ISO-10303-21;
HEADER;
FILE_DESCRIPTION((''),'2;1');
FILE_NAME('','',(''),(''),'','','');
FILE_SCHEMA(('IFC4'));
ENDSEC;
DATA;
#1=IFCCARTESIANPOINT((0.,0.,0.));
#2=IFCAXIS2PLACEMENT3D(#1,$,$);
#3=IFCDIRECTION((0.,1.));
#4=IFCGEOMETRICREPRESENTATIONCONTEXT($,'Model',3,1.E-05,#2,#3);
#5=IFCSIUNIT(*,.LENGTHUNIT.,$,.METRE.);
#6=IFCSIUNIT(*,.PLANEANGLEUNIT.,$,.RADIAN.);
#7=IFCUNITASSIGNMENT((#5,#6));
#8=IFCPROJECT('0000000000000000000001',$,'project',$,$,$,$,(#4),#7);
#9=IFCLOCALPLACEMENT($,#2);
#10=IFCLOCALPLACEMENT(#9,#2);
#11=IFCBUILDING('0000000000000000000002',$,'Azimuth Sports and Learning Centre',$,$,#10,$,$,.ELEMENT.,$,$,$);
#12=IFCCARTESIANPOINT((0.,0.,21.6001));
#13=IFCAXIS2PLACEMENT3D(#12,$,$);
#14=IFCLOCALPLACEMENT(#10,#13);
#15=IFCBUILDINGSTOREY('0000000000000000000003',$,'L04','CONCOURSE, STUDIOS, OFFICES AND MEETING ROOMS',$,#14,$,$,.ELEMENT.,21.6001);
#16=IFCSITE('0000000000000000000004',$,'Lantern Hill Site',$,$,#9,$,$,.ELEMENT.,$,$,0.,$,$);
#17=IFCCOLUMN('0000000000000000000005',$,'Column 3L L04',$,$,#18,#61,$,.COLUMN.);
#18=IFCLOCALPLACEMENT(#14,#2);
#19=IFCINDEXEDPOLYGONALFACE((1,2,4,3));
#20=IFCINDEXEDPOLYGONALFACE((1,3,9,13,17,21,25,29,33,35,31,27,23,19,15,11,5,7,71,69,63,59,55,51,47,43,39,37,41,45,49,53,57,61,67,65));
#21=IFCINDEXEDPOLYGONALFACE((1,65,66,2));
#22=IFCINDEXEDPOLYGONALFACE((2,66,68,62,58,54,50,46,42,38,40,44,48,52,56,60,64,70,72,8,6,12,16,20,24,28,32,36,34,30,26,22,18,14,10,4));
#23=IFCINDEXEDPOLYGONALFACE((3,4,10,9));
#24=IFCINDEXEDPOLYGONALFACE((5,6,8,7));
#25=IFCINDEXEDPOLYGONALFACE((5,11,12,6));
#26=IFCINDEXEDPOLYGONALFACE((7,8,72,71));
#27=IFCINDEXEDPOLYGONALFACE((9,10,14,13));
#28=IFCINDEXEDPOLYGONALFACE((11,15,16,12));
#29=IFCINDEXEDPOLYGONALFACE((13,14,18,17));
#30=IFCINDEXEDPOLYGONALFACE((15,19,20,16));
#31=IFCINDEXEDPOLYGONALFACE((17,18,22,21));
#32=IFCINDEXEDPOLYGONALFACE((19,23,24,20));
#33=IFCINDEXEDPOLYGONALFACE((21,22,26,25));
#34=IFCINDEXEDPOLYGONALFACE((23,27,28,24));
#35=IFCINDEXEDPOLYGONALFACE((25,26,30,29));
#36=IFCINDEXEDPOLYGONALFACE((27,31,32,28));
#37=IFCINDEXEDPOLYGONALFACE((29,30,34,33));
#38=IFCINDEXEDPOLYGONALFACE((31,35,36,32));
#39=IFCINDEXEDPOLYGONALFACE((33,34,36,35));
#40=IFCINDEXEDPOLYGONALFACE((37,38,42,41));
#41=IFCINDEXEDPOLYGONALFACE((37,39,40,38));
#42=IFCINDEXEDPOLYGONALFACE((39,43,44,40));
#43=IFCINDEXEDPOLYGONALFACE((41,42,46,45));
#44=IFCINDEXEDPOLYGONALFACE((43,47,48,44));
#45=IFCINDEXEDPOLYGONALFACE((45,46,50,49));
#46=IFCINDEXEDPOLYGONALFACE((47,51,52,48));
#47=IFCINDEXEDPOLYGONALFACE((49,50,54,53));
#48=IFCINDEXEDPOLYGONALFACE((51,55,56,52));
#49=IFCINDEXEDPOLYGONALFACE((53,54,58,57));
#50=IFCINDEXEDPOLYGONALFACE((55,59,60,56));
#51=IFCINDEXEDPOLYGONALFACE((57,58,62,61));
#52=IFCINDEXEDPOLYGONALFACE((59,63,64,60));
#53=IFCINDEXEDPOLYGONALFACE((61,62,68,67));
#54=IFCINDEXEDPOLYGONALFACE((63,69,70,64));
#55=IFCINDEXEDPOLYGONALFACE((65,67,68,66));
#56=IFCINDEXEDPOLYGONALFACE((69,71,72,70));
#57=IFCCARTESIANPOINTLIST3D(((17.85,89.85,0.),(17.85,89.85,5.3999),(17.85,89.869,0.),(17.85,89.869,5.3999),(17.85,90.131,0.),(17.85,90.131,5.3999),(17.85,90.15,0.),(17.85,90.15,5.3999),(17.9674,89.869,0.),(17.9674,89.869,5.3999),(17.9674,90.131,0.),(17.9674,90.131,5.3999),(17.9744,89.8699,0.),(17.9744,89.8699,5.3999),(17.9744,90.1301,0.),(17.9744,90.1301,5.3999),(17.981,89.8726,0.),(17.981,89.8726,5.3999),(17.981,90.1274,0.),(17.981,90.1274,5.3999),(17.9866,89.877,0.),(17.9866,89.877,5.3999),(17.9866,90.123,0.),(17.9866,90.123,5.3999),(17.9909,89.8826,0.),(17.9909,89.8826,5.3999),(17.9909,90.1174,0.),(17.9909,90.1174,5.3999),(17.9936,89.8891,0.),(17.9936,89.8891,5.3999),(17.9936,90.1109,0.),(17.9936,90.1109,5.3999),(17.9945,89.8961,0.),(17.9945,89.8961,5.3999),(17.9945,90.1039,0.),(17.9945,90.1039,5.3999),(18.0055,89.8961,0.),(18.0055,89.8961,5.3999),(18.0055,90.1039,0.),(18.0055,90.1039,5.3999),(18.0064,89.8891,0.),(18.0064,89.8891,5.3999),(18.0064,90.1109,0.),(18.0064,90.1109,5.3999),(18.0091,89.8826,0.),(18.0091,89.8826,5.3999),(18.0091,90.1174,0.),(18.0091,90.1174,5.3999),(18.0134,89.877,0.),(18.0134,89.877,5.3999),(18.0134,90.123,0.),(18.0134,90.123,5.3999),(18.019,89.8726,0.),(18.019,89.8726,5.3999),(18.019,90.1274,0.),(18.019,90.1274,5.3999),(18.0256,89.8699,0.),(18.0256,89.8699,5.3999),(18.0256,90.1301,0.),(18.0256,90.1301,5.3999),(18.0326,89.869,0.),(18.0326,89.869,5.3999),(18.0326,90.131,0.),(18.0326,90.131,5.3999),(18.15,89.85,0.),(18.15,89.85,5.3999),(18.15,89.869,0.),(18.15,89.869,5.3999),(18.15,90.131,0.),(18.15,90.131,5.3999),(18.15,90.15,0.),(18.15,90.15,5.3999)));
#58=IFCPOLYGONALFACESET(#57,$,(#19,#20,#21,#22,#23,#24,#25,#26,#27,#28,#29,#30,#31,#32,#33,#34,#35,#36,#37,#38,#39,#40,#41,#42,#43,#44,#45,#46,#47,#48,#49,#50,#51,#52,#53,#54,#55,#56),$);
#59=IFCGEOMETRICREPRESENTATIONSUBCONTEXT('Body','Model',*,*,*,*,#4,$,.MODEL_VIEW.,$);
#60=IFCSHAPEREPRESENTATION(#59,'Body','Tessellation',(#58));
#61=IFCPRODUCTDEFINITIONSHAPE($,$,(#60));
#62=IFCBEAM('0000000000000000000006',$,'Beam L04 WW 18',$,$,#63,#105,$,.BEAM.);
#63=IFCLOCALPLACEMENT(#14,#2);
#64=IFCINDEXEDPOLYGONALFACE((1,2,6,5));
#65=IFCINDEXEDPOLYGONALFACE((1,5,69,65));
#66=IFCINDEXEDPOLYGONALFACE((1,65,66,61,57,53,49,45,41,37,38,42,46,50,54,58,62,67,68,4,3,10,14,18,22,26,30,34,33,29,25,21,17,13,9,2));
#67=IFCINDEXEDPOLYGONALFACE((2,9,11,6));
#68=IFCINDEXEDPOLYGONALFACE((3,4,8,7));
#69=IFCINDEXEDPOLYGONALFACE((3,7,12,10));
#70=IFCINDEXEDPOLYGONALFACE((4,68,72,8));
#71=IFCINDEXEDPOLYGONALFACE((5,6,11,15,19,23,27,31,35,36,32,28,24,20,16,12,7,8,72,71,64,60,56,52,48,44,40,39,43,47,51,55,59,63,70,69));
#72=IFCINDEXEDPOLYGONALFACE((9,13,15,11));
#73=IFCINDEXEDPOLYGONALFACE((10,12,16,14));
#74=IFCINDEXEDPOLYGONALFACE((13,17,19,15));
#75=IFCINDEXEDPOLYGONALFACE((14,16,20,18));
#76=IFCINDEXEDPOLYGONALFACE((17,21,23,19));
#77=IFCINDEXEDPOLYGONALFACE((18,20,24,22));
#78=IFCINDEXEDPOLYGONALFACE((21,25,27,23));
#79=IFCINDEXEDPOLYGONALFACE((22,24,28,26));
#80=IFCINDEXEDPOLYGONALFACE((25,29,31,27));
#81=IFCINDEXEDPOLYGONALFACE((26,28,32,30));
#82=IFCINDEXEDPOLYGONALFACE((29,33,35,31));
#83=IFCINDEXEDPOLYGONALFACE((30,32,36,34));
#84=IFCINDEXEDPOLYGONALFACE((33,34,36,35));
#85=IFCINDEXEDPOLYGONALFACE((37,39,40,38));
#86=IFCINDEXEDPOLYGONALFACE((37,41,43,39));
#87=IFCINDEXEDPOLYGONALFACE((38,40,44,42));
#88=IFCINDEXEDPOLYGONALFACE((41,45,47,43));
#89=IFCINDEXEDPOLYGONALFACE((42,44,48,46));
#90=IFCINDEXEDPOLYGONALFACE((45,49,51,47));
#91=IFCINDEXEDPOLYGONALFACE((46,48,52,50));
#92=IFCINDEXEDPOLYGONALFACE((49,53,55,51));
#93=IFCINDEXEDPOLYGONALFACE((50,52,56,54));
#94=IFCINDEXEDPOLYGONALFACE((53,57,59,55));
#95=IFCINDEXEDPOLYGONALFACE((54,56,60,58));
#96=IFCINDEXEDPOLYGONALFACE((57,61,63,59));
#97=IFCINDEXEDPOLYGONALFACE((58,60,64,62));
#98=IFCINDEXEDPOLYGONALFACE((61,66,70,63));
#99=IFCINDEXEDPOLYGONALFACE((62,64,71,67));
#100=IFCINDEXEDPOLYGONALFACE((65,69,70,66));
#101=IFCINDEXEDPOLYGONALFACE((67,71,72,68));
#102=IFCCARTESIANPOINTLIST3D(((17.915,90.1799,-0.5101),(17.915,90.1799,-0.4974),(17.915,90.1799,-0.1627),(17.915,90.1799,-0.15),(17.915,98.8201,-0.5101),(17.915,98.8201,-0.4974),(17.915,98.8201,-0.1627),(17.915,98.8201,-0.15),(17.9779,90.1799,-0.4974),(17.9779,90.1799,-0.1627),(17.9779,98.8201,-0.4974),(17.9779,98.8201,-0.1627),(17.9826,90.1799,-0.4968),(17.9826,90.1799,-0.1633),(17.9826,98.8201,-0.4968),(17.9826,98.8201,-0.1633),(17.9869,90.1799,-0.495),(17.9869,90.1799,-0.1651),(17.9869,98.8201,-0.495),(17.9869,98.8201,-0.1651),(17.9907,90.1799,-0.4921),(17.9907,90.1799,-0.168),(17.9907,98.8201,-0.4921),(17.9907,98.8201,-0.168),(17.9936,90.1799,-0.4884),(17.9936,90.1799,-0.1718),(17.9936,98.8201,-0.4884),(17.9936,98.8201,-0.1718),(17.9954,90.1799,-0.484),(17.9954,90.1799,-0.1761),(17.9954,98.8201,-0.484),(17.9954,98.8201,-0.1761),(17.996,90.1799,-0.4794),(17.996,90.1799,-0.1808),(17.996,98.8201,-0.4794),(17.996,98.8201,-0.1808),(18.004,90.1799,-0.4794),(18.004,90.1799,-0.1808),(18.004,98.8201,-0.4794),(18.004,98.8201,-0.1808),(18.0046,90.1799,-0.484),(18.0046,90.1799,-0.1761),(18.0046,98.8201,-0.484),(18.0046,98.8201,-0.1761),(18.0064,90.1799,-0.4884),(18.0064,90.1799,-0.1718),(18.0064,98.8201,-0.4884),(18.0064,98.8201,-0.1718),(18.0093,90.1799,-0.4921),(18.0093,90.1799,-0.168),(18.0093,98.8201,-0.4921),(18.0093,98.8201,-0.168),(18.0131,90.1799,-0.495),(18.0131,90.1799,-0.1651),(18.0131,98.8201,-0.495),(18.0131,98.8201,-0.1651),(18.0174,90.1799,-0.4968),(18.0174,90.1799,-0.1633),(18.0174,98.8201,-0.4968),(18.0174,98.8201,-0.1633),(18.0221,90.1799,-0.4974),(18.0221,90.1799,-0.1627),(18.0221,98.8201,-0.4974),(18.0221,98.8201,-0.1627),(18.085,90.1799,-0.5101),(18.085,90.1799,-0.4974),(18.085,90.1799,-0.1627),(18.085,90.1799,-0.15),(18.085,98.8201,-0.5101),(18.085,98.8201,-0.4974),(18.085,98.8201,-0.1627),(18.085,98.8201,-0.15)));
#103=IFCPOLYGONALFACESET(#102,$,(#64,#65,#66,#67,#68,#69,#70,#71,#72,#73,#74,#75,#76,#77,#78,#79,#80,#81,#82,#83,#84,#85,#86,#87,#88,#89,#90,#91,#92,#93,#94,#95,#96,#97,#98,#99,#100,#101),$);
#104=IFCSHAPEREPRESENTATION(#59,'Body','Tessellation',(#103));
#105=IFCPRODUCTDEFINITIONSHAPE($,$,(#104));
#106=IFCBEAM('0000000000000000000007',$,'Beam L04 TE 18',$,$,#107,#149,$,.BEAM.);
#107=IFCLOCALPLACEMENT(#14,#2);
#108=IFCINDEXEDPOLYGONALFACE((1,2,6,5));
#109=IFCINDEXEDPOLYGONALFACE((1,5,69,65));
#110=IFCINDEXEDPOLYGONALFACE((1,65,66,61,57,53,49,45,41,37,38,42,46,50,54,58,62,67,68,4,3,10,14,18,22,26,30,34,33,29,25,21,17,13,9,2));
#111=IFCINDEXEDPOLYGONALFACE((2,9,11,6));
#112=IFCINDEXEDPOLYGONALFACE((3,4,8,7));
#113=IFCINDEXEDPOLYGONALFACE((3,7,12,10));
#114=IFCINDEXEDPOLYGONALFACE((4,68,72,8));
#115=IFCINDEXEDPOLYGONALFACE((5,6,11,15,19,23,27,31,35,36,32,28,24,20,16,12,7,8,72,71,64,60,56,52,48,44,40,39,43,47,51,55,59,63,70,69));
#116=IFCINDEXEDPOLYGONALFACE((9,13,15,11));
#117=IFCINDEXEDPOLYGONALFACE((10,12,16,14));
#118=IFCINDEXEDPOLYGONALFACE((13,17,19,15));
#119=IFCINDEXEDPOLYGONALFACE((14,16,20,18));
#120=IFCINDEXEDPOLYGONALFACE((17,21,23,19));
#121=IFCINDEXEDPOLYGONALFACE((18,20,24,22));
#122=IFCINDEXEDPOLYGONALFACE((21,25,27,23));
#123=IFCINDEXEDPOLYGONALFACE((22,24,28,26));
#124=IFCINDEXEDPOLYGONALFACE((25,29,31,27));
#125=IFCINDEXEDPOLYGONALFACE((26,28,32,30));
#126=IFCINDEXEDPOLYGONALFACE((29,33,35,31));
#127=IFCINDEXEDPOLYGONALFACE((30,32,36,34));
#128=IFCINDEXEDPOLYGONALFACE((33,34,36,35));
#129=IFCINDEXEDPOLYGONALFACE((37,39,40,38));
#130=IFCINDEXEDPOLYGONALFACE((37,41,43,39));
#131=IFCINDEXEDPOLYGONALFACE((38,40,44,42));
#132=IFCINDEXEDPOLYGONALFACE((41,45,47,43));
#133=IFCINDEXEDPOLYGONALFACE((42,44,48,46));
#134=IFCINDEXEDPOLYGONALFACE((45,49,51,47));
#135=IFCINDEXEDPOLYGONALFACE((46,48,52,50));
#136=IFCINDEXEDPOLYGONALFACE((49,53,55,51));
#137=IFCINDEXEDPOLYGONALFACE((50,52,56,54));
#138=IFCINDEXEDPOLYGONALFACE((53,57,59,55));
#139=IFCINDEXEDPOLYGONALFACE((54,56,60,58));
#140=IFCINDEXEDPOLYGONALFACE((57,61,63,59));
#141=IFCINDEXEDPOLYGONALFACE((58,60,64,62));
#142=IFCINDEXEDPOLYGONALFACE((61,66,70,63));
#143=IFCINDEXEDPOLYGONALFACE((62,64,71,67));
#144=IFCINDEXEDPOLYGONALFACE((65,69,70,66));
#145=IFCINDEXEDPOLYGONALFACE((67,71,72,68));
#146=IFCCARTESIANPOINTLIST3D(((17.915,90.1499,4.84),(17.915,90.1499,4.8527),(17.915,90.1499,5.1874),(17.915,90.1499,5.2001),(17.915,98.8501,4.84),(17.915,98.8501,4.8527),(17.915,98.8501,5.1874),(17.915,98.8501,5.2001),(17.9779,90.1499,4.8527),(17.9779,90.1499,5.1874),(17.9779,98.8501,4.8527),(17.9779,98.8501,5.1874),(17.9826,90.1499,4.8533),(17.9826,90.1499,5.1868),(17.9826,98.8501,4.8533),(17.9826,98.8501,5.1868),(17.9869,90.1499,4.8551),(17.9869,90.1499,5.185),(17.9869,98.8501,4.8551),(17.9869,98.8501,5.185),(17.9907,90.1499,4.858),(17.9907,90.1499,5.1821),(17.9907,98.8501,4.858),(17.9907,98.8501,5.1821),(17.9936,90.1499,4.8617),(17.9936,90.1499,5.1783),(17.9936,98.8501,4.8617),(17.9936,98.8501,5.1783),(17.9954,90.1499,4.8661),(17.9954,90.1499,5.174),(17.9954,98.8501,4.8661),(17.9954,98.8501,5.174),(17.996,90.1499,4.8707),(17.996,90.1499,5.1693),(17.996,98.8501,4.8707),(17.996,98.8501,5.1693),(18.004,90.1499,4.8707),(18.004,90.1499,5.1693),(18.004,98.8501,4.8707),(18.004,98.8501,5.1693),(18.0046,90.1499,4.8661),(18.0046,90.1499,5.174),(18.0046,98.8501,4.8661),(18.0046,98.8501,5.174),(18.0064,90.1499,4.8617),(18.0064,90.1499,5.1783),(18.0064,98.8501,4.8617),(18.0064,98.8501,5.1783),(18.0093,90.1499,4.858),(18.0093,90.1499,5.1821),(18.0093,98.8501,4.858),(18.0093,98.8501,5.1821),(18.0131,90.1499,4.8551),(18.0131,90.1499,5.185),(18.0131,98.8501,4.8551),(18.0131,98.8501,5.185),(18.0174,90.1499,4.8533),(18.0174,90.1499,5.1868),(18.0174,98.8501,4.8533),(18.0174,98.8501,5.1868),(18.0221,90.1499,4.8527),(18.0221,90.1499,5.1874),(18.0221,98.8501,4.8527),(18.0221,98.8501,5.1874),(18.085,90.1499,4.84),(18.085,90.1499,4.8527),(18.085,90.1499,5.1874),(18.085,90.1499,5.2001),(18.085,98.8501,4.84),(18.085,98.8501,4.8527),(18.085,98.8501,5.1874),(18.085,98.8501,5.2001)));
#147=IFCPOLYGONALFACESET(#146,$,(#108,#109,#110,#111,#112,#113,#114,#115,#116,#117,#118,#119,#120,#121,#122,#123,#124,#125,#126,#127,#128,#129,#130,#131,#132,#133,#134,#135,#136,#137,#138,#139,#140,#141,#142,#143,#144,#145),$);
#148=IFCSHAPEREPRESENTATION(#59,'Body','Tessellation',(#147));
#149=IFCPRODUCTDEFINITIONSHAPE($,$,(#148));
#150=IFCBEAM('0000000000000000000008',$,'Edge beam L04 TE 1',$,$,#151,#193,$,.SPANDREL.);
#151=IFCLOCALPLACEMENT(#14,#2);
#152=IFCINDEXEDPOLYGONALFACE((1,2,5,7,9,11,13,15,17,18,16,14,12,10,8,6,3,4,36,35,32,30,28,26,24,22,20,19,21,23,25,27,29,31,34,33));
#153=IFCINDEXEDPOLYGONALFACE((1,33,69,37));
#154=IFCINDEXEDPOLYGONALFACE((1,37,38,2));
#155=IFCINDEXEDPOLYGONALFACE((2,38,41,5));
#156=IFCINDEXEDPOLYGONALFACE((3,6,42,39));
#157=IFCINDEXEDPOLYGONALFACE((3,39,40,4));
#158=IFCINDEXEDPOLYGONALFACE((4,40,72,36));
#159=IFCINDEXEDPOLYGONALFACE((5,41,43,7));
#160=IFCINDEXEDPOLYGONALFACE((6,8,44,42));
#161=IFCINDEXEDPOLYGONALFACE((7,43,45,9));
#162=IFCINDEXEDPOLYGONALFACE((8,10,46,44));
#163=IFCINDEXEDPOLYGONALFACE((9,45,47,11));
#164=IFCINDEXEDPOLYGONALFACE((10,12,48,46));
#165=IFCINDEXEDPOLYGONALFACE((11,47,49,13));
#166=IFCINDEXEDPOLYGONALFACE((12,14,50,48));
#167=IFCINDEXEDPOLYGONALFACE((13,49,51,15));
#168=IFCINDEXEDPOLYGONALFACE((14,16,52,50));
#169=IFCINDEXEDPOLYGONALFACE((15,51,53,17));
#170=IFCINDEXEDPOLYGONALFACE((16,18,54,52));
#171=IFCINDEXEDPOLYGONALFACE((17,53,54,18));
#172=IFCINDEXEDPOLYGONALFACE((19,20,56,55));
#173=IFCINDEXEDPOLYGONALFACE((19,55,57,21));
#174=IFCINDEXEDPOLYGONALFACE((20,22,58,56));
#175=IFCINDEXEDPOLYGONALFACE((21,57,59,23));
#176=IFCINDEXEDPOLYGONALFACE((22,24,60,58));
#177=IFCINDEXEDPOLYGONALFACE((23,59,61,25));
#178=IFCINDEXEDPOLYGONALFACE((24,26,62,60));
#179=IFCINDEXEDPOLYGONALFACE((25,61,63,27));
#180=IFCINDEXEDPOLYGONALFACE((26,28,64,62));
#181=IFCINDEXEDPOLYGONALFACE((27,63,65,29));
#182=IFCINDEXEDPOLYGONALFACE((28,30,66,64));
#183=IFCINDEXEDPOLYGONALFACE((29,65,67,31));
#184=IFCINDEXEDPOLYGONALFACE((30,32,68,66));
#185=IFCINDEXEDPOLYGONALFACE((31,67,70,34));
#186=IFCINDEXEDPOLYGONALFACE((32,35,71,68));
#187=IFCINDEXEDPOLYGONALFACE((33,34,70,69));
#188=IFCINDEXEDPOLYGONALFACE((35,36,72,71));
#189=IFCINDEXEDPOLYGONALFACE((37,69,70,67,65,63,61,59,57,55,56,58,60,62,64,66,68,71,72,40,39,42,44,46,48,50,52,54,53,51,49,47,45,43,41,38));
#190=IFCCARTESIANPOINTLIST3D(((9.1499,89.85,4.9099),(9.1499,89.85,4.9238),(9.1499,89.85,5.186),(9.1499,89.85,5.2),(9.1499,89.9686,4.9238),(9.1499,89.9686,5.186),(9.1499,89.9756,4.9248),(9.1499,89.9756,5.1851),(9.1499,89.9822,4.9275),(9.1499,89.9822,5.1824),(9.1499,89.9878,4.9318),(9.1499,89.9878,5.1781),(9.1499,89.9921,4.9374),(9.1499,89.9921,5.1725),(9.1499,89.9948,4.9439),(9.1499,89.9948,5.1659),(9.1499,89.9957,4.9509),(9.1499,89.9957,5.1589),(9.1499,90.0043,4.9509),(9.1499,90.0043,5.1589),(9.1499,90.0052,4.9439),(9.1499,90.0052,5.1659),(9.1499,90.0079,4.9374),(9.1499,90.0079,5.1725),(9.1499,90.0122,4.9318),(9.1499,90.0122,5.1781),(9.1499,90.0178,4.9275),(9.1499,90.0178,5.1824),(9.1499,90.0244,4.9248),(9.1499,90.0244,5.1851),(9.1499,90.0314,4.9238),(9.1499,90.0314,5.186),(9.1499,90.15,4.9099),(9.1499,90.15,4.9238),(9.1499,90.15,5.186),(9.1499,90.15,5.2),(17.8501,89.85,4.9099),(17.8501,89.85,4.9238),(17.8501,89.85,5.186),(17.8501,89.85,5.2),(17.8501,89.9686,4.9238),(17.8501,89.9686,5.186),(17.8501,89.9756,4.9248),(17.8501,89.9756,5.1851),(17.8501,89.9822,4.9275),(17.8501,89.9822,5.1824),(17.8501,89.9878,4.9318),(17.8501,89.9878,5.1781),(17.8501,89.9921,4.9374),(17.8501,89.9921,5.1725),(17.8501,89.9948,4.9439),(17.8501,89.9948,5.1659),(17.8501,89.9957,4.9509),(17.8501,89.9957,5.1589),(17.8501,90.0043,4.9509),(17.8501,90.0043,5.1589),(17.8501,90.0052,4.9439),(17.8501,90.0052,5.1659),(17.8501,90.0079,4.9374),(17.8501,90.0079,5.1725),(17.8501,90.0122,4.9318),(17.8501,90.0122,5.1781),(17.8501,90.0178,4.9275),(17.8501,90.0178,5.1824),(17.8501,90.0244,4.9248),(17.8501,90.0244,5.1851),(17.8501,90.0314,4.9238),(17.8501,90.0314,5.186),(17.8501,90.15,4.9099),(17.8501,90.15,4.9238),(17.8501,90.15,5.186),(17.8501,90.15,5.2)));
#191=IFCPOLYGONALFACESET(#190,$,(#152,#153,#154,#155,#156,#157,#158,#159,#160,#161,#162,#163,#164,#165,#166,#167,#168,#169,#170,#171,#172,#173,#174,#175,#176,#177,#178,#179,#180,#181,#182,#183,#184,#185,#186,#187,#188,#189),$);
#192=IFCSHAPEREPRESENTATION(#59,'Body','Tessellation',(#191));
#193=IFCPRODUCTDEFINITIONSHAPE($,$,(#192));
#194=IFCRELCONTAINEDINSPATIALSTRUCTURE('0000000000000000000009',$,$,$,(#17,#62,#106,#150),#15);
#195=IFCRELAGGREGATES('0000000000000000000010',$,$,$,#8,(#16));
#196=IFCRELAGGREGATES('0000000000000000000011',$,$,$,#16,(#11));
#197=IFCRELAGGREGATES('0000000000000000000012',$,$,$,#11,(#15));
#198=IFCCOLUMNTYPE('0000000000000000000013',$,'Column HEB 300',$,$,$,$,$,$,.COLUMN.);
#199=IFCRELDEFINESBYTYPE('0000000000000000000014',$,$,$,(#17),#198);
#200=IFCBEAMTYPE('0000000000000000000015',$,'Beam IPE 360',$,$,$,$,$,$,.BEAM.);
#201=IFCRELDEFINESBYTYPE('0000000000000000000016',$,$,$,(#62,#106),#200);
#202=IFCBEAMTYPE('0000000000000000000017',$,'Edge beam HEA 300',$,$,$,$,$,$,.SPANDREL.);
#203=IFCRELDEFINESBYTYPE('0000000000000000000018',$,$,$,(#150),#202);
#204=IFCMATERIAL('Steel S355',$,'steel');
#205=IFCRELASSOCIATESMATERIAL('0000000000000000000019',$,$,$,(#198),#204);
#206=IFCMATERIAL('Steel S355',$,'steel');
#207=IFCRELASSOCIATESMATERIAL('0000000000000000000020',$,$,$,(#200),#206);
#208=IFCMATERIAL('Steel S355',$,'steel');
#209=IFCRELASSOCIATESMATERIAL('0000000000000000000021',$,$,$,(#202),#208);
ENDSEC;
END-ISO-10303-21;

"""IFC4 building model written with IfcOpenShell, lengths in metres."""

from ifc_helpers import new_model, si_unit, direction, frame, origin, origin_2d, place, context, subcontext, project, spatial, i_section, extrude, material, material_profile, profile_set, type_object, element, save


model = new_model("IFC4")

# Units and contexts
model_context = context("Model", 3, precision=1e-05, world=origin(), true_north=direction((0.0, 1.0)))
body_context = subcontext(model_context, "Body", "Model", "MODEL_VIEW")
ifc_project = project(units=[si_unit("LENGTHUNIT", "METRE"), si_unit("PLANEANGLEUNIT", "RADIAN")], contexts=[model_context])

# Site, building, storey
site_placement = place(None, origin())
site = spatial("IfcSite", under=ifc_project, at=site_placement, Name="Lantern Hill Site", CompositionType="ELEMENT", RefElevation=0.0)
building_placement = place(site_placement, origin())
building = spatial("IfcBuilding", under=site, at=building_placement, Name="Azimuth Sports and Learning Centre", CompositionType="ELEMENT")
storey_placement = place(building_placement, frame((0.0, 0.0, 21.6001)))
storey = spatial("IfcBuildingStorey", under=building, at=storey_placement, Name="L04", Description="CONCOURSE, STUDIOS, OFFICES AND MEETING ROOMS", CompositionType="ELEMENT", Elevation=21.6001)

# Column
ifc_material_1 = material(Name="Steel S355", Category="steel")
ifc_material_profile_1 = material_profile(ifc_material_1, i_section(OverallWidth=0.3, OverallDepth=0.3, WebThickness=0.011, FlangeThickness=0.019, FilletRadius=0.0271, at=origin_2d()), Name="HEB 300")
ifc_profile_set_1 = profile_set([ifc_material_profile_1], Name="Steel S355")
column_type = type_object("IfcColumnType", Name="Column HEB 300", PredefinedType="COLUMN", material=ifc_profile_set_1)
column_placement = place(storey_placement, frame((18.0, 90.0, 0.0), z_axis=(0.0, 0.0, 1.0), x_axis=(1.0, 0.0, 0.0)))
element("IfcColumn", 1, at=column_placement, inside=storey, type_object=column_type, Name="Column 3L L04", PredefinedType="COLUMN", context=body_context, shape_type="SweptSolid", body=[
    extrude(i_section(OverallWidth=0.3, OverallDepth=0.3, WebThickness=0.011, FlangeThickness=0.019, FilletRadius=0.0271, at=origin_2d()), origin(), (0.0, 0.0, 1.0), 5.3999),
])

# Beams
ifc_material_2 = material(Name="Steel S355", Category="steel")
ifc_material_profile_2 = material_profile(ifc_material_2, i_section(OverallWidth=0.1699, OverallDepth=0.3601, WebThickness=0.0081, FlangeThickness=0.0127, FilletRadius=0.0181, at=origin_2d()), Name="IPE 360")
ifc_profile_set_2 = profile_set([ifc_material_profile_2], Name="Steel S355")
beam_type_1 = type_object("IfcBeamType", Name="Beam IPE 360", PredefinedType="BEAM", material=ifc_profile_set_2)
beam_1_placement = place(storey_placement, frame((18.0, 90.1799, -0.3301), z_axis=(0.0, 1.0, 0.0), x_axis=(-1.0, 0.0, 0.0)))
element("IfcBeam", 2, at=beam_1_placement, inside=storey, type_object=beam_type_1, Name="Beam L04 WW 18", PredefinedType="BEAM", context=body_context, shape_type="SweptSolid", body=[
    extrude(i_section(OverallWidth=0.1699, OverallDepth=0.3601, WebThickness=0.0081, FlangeThickness=0.0127, FilletRadius=0.0181, at=origin_2d()), origin(), (0.0, 0.0, 1.0), 8.6401),
])
beam_2_placement = place(storey_placement, frame((18.0, 90.1499, 5.02), z_axis=(0.0, 1.0, 0.0), x_axis=(-1.0, 0.0, 0.0)))
element("IfcBeam", 3, at=beam_2_placement, inside=storey, type_object=beam_type_1, Name="Beam L04 TE 18", PredefinedType="BEAM", context=body_context, shape_type="SweptSolid", body=[
    extrude(i_section(OverallWidth=0.1699, OverallDepth=0.3601, WebThickness=0.0081, FlangeThickness=0.0127, FilletRadius=0.0181, at=origin_2d()), origin(), (0.0, 0.0, 1.0), 8.7002),
])
ifc_material_3 = material(Name="Steel S355", Category="steel")
ifc_material_profile_3 = material_profile(ifc_material_3, i_section(OverallWidth=0.3, OverallDepth=0.29, WebThickness=0.0085, FlangeThickness=0.0139, FilletRadius=0.0271, at=origin_2d()), Name="HEA 300")
ifc_profile_set_3 = profile_set([ifc_material_profile_3], Name="Steel S355")
beam_type_2 = type_object("IfcBeamType", Name="Edge beam HEA 300", PredefinedType="SPANDREL", material=ifc_profile_set_3)
beam_3_placement = place(storey_placement, frame((9.1499, 90.0, 5.0549), z_axis=(1.0, 0.0, 0.0), x_axis=(0.0, 1.0, 0.0)))
element("IfcBeam", 4, at=beam_3_placement, inside=storey, type_object=beam_type_2, Name="Edge beam L04 TE 1", PredefinedType="SPANDREL", context=body_context, shape_type="SweptSolid", body=[
    extrude(i_section(OverallWidth=0.3, OverallDepth=0.29, WebThickness=0.0085, FlangeThickness=0.0139, FilletRadius=0.0271, at=origin_2d()), origin(), (0.0, 0.0, 1.0), 8.7002),
])

save(model, "model.ifc")
